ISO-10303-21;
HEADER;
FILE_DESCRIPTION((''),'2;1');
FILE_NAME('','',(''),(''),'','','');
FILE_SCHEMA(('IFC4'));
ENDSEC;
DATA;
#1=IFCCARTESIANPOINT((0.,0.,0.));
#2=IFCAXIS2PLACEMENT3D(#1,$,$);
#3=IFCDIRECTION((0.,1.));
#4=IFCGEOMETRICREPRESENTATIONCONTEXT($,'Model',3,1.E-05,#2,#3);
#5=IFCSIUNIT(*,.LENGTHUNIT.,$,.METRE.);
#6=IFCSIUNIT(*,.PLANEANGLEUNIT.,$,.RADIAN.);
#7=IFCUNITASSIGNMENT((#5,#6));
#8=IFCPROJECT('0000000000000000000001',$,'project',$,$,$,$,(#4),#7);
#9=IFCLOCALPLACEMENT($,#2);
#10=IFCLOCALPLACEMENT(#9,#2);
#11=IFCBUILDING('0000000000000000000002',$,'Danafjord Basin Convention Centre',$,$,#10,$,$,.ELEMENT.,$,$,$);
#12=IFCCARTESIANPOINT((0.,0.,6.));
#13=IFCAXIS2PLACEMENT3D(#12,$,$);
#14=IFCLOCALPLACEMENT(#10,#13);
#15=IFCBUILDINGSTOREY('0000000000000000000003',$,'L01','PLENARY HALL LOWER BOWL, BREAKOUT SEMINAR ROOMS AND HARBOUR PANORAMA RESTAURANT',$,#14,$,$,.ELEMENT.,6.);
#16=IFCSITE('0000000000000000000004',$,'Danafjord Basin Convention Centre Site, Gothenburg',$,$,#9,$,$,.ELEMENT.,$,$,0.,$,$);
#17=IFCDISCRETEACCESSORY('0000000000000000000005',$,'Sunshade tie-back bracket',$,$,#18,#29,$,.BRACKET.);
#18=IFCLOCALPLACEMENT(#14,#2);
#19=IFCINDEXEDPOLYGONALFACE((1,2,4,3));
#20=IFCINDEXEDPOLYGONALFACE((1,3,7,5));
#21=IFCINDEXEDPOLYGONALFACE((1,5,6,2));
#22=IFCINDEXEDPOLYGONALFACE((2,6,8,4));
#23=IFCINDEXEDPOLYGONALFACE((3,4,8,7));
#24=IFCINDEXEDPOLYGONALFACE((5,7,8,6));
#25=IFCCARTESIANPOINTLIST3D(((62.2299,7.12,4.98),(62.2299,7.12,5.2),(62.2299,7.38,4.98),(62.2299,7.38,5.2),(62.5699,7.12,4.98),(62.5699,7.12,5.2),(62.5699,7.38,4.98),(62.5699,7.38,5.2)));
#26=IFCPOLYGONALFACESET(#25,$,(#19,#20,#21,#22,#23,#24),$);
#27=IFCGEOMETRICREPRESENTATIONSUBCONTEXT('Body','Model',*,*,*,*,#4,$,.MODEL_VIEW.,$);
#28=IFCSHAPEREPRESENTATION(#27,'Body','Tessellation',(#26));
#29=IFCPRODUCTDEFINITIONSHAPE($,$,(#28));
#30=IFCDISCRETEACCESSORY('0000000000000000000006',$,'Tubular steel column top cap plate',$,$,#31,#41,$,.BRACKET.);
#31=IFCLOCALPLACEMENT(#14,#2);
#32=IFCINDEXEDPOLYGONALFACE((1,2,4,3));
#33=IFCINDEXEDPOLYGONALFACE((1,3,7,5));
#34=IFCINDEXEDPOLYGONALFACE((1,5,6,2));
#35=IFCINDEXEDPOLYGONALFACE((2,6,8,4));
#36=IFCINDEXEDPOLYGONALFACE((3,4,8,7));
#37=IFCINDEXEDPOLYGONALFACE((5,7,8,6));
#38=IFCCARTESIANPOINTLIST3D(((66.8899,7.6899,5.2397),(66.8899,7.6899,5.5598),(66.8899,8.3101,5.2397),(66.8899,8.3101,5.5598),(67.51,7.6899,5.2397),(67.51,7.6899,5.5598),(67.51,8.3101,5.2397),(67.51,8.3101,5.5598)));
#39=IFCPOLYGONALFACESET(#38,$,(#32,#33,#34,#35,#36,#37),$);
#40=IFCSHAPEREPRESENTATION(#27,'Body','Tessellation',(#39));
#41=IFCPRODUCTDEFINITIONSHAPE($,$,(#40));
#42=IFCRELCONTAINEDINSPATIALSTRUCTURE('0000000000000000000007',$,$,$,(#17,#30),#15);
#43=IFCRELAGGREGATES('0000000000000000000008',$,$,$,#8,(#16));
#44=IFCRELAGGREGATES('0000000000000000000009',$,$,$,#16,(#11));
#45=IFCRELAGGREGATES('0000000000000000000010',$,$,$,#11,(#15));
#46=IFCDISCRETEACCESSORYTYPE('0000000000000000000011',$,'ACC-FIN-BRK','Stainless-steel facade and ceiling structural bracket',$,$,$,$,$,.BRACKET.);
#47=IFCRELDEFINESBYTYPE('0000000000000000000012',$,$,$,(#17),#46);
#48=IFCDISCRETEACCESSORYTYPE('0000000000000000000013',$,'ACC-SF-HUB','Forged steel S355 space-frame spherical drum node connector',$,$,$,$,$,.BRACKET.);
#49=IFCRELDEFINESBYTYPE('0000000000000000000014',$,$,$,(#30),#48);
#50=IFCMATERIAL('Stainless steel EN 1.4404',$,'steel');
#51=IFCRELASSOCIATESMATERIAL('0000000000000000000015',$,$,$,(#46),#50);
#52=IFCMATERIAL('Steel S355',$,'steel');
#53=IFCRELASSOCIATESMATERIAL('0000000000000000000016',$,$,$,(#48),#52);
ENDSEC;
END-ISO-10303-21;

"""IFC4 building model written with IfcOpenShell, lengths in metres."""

from ifc_helpers import new_model, si_unit, direction, frame, origin, origin_2d, place, context, subcontext, project, spatial, rectangle, extrude, material, type_object, element, save


model = new_model("IFC4")

# Units and contexts
model_context = context("Model", 3, precision=1e-05, world=origin(), true_north=direction((0.0, 1.0)))
body_context = subcontext(model_context, "Body", "Model", "MODEL_VIEW")
ifc_project = project(units=[si_unit("LENGTHUNIT", "METRE"), si_unit("PLANEANGLEUNIT", "RADIAN")], contexts=[model_context])

# Site, building, storey
site_placement = place(None, origin())
site = spatial("IfcSite", under=ifc_project, at=site_placement, Name="Danafjord Basin Convention Centre Site, Gothenburg", CompositionType="ELEMENT", RefElevation=0.0)
building_placement = place(site_placement, origin())
building = spatial("IfcBuilding", under=site, at=building_placement, Name="Danafjord Basin Convention Centre", CompositionType="ELEMENT")
storey_placement = place(building_placement, frame((0.0, 0.0, 6.0)))
storey = spatial("IfcBuildingStorey", under=building, at=storey_placement, Name="L01", Description="PLENARY HALL LOWER BOWL, BREAKOUT SEMINAR ROOMS AND HARBOUR PANORAMA RESTAURANT", CompositionType="ELEMENT", Elevation=6.0)

# Shared definitions
ifc_material_1 = material(Name="Steel S355", Category="steel")

# Discrete accessories
ifc_material_2 = material(Name="Stainless steel EN 1.4404", Category="steel")
discrete_accessory_type_1 = type_object("IfcDiscreteAccessoryType", Name="ACC-FIN-BRK", Description="Stainless-steel facade and ceiling structural bracket", PredefinedType="BRACKET", material=ifc_material_2)
discrete_accessory_1_placement = place(storey_placement, frame((62.3999, 7.25, 4.98), z_axis=(0.0, 0.0, 1.0), x_axis=(1.0, 0.0, 0.0)))
element("IfcDiscreteAccessory", 1, at=discrete_accessory_1_placement, inside=storey, type_object=discrete_accessory_type_1, Name="Sunshade tie-back bracket", PredefinedType="BRACKET", context=body_context, shape_type="SweptSolid", body=[
    extrude(rectangle(XDim=0.3401, YDim=0.26, at=origin_2d()), origin(), (0.0, 0.0, 1.0), 0.22),
])
discrete_accessory_type_2 = type_object("IfcDiscreteAccessoryType", Name="ACC-SF-HUB", Description="Forged steel S355 space-frame spherical drum node connector", PredefinedType="BRACKET", material=ifc_material_1)
discrete_accessory_2_placement = place(storey_placement, frame((67.2, 8.0, 5.2397), z_axis=(0.0, 0.0, 1.0), x_axis=(1.0, 0.0, 0.0)))
element("IfcDiscreteAccessory", 2, at=discrete_accessory_2_placement, inside=storey, type_object=discrete_accessory_type_2, Name="Tubular steel column top cap plate", PredefinedType="BRACKET", context=body_context, shape_type="SweptSolid", body=[
    extrude(rectangle(XDim=0.6201, YDim=0.6201, at=origin_2d()), origin(), (0.0, 0.0, 1.0), 0.3201),
])

save(model, "model.ifc")
